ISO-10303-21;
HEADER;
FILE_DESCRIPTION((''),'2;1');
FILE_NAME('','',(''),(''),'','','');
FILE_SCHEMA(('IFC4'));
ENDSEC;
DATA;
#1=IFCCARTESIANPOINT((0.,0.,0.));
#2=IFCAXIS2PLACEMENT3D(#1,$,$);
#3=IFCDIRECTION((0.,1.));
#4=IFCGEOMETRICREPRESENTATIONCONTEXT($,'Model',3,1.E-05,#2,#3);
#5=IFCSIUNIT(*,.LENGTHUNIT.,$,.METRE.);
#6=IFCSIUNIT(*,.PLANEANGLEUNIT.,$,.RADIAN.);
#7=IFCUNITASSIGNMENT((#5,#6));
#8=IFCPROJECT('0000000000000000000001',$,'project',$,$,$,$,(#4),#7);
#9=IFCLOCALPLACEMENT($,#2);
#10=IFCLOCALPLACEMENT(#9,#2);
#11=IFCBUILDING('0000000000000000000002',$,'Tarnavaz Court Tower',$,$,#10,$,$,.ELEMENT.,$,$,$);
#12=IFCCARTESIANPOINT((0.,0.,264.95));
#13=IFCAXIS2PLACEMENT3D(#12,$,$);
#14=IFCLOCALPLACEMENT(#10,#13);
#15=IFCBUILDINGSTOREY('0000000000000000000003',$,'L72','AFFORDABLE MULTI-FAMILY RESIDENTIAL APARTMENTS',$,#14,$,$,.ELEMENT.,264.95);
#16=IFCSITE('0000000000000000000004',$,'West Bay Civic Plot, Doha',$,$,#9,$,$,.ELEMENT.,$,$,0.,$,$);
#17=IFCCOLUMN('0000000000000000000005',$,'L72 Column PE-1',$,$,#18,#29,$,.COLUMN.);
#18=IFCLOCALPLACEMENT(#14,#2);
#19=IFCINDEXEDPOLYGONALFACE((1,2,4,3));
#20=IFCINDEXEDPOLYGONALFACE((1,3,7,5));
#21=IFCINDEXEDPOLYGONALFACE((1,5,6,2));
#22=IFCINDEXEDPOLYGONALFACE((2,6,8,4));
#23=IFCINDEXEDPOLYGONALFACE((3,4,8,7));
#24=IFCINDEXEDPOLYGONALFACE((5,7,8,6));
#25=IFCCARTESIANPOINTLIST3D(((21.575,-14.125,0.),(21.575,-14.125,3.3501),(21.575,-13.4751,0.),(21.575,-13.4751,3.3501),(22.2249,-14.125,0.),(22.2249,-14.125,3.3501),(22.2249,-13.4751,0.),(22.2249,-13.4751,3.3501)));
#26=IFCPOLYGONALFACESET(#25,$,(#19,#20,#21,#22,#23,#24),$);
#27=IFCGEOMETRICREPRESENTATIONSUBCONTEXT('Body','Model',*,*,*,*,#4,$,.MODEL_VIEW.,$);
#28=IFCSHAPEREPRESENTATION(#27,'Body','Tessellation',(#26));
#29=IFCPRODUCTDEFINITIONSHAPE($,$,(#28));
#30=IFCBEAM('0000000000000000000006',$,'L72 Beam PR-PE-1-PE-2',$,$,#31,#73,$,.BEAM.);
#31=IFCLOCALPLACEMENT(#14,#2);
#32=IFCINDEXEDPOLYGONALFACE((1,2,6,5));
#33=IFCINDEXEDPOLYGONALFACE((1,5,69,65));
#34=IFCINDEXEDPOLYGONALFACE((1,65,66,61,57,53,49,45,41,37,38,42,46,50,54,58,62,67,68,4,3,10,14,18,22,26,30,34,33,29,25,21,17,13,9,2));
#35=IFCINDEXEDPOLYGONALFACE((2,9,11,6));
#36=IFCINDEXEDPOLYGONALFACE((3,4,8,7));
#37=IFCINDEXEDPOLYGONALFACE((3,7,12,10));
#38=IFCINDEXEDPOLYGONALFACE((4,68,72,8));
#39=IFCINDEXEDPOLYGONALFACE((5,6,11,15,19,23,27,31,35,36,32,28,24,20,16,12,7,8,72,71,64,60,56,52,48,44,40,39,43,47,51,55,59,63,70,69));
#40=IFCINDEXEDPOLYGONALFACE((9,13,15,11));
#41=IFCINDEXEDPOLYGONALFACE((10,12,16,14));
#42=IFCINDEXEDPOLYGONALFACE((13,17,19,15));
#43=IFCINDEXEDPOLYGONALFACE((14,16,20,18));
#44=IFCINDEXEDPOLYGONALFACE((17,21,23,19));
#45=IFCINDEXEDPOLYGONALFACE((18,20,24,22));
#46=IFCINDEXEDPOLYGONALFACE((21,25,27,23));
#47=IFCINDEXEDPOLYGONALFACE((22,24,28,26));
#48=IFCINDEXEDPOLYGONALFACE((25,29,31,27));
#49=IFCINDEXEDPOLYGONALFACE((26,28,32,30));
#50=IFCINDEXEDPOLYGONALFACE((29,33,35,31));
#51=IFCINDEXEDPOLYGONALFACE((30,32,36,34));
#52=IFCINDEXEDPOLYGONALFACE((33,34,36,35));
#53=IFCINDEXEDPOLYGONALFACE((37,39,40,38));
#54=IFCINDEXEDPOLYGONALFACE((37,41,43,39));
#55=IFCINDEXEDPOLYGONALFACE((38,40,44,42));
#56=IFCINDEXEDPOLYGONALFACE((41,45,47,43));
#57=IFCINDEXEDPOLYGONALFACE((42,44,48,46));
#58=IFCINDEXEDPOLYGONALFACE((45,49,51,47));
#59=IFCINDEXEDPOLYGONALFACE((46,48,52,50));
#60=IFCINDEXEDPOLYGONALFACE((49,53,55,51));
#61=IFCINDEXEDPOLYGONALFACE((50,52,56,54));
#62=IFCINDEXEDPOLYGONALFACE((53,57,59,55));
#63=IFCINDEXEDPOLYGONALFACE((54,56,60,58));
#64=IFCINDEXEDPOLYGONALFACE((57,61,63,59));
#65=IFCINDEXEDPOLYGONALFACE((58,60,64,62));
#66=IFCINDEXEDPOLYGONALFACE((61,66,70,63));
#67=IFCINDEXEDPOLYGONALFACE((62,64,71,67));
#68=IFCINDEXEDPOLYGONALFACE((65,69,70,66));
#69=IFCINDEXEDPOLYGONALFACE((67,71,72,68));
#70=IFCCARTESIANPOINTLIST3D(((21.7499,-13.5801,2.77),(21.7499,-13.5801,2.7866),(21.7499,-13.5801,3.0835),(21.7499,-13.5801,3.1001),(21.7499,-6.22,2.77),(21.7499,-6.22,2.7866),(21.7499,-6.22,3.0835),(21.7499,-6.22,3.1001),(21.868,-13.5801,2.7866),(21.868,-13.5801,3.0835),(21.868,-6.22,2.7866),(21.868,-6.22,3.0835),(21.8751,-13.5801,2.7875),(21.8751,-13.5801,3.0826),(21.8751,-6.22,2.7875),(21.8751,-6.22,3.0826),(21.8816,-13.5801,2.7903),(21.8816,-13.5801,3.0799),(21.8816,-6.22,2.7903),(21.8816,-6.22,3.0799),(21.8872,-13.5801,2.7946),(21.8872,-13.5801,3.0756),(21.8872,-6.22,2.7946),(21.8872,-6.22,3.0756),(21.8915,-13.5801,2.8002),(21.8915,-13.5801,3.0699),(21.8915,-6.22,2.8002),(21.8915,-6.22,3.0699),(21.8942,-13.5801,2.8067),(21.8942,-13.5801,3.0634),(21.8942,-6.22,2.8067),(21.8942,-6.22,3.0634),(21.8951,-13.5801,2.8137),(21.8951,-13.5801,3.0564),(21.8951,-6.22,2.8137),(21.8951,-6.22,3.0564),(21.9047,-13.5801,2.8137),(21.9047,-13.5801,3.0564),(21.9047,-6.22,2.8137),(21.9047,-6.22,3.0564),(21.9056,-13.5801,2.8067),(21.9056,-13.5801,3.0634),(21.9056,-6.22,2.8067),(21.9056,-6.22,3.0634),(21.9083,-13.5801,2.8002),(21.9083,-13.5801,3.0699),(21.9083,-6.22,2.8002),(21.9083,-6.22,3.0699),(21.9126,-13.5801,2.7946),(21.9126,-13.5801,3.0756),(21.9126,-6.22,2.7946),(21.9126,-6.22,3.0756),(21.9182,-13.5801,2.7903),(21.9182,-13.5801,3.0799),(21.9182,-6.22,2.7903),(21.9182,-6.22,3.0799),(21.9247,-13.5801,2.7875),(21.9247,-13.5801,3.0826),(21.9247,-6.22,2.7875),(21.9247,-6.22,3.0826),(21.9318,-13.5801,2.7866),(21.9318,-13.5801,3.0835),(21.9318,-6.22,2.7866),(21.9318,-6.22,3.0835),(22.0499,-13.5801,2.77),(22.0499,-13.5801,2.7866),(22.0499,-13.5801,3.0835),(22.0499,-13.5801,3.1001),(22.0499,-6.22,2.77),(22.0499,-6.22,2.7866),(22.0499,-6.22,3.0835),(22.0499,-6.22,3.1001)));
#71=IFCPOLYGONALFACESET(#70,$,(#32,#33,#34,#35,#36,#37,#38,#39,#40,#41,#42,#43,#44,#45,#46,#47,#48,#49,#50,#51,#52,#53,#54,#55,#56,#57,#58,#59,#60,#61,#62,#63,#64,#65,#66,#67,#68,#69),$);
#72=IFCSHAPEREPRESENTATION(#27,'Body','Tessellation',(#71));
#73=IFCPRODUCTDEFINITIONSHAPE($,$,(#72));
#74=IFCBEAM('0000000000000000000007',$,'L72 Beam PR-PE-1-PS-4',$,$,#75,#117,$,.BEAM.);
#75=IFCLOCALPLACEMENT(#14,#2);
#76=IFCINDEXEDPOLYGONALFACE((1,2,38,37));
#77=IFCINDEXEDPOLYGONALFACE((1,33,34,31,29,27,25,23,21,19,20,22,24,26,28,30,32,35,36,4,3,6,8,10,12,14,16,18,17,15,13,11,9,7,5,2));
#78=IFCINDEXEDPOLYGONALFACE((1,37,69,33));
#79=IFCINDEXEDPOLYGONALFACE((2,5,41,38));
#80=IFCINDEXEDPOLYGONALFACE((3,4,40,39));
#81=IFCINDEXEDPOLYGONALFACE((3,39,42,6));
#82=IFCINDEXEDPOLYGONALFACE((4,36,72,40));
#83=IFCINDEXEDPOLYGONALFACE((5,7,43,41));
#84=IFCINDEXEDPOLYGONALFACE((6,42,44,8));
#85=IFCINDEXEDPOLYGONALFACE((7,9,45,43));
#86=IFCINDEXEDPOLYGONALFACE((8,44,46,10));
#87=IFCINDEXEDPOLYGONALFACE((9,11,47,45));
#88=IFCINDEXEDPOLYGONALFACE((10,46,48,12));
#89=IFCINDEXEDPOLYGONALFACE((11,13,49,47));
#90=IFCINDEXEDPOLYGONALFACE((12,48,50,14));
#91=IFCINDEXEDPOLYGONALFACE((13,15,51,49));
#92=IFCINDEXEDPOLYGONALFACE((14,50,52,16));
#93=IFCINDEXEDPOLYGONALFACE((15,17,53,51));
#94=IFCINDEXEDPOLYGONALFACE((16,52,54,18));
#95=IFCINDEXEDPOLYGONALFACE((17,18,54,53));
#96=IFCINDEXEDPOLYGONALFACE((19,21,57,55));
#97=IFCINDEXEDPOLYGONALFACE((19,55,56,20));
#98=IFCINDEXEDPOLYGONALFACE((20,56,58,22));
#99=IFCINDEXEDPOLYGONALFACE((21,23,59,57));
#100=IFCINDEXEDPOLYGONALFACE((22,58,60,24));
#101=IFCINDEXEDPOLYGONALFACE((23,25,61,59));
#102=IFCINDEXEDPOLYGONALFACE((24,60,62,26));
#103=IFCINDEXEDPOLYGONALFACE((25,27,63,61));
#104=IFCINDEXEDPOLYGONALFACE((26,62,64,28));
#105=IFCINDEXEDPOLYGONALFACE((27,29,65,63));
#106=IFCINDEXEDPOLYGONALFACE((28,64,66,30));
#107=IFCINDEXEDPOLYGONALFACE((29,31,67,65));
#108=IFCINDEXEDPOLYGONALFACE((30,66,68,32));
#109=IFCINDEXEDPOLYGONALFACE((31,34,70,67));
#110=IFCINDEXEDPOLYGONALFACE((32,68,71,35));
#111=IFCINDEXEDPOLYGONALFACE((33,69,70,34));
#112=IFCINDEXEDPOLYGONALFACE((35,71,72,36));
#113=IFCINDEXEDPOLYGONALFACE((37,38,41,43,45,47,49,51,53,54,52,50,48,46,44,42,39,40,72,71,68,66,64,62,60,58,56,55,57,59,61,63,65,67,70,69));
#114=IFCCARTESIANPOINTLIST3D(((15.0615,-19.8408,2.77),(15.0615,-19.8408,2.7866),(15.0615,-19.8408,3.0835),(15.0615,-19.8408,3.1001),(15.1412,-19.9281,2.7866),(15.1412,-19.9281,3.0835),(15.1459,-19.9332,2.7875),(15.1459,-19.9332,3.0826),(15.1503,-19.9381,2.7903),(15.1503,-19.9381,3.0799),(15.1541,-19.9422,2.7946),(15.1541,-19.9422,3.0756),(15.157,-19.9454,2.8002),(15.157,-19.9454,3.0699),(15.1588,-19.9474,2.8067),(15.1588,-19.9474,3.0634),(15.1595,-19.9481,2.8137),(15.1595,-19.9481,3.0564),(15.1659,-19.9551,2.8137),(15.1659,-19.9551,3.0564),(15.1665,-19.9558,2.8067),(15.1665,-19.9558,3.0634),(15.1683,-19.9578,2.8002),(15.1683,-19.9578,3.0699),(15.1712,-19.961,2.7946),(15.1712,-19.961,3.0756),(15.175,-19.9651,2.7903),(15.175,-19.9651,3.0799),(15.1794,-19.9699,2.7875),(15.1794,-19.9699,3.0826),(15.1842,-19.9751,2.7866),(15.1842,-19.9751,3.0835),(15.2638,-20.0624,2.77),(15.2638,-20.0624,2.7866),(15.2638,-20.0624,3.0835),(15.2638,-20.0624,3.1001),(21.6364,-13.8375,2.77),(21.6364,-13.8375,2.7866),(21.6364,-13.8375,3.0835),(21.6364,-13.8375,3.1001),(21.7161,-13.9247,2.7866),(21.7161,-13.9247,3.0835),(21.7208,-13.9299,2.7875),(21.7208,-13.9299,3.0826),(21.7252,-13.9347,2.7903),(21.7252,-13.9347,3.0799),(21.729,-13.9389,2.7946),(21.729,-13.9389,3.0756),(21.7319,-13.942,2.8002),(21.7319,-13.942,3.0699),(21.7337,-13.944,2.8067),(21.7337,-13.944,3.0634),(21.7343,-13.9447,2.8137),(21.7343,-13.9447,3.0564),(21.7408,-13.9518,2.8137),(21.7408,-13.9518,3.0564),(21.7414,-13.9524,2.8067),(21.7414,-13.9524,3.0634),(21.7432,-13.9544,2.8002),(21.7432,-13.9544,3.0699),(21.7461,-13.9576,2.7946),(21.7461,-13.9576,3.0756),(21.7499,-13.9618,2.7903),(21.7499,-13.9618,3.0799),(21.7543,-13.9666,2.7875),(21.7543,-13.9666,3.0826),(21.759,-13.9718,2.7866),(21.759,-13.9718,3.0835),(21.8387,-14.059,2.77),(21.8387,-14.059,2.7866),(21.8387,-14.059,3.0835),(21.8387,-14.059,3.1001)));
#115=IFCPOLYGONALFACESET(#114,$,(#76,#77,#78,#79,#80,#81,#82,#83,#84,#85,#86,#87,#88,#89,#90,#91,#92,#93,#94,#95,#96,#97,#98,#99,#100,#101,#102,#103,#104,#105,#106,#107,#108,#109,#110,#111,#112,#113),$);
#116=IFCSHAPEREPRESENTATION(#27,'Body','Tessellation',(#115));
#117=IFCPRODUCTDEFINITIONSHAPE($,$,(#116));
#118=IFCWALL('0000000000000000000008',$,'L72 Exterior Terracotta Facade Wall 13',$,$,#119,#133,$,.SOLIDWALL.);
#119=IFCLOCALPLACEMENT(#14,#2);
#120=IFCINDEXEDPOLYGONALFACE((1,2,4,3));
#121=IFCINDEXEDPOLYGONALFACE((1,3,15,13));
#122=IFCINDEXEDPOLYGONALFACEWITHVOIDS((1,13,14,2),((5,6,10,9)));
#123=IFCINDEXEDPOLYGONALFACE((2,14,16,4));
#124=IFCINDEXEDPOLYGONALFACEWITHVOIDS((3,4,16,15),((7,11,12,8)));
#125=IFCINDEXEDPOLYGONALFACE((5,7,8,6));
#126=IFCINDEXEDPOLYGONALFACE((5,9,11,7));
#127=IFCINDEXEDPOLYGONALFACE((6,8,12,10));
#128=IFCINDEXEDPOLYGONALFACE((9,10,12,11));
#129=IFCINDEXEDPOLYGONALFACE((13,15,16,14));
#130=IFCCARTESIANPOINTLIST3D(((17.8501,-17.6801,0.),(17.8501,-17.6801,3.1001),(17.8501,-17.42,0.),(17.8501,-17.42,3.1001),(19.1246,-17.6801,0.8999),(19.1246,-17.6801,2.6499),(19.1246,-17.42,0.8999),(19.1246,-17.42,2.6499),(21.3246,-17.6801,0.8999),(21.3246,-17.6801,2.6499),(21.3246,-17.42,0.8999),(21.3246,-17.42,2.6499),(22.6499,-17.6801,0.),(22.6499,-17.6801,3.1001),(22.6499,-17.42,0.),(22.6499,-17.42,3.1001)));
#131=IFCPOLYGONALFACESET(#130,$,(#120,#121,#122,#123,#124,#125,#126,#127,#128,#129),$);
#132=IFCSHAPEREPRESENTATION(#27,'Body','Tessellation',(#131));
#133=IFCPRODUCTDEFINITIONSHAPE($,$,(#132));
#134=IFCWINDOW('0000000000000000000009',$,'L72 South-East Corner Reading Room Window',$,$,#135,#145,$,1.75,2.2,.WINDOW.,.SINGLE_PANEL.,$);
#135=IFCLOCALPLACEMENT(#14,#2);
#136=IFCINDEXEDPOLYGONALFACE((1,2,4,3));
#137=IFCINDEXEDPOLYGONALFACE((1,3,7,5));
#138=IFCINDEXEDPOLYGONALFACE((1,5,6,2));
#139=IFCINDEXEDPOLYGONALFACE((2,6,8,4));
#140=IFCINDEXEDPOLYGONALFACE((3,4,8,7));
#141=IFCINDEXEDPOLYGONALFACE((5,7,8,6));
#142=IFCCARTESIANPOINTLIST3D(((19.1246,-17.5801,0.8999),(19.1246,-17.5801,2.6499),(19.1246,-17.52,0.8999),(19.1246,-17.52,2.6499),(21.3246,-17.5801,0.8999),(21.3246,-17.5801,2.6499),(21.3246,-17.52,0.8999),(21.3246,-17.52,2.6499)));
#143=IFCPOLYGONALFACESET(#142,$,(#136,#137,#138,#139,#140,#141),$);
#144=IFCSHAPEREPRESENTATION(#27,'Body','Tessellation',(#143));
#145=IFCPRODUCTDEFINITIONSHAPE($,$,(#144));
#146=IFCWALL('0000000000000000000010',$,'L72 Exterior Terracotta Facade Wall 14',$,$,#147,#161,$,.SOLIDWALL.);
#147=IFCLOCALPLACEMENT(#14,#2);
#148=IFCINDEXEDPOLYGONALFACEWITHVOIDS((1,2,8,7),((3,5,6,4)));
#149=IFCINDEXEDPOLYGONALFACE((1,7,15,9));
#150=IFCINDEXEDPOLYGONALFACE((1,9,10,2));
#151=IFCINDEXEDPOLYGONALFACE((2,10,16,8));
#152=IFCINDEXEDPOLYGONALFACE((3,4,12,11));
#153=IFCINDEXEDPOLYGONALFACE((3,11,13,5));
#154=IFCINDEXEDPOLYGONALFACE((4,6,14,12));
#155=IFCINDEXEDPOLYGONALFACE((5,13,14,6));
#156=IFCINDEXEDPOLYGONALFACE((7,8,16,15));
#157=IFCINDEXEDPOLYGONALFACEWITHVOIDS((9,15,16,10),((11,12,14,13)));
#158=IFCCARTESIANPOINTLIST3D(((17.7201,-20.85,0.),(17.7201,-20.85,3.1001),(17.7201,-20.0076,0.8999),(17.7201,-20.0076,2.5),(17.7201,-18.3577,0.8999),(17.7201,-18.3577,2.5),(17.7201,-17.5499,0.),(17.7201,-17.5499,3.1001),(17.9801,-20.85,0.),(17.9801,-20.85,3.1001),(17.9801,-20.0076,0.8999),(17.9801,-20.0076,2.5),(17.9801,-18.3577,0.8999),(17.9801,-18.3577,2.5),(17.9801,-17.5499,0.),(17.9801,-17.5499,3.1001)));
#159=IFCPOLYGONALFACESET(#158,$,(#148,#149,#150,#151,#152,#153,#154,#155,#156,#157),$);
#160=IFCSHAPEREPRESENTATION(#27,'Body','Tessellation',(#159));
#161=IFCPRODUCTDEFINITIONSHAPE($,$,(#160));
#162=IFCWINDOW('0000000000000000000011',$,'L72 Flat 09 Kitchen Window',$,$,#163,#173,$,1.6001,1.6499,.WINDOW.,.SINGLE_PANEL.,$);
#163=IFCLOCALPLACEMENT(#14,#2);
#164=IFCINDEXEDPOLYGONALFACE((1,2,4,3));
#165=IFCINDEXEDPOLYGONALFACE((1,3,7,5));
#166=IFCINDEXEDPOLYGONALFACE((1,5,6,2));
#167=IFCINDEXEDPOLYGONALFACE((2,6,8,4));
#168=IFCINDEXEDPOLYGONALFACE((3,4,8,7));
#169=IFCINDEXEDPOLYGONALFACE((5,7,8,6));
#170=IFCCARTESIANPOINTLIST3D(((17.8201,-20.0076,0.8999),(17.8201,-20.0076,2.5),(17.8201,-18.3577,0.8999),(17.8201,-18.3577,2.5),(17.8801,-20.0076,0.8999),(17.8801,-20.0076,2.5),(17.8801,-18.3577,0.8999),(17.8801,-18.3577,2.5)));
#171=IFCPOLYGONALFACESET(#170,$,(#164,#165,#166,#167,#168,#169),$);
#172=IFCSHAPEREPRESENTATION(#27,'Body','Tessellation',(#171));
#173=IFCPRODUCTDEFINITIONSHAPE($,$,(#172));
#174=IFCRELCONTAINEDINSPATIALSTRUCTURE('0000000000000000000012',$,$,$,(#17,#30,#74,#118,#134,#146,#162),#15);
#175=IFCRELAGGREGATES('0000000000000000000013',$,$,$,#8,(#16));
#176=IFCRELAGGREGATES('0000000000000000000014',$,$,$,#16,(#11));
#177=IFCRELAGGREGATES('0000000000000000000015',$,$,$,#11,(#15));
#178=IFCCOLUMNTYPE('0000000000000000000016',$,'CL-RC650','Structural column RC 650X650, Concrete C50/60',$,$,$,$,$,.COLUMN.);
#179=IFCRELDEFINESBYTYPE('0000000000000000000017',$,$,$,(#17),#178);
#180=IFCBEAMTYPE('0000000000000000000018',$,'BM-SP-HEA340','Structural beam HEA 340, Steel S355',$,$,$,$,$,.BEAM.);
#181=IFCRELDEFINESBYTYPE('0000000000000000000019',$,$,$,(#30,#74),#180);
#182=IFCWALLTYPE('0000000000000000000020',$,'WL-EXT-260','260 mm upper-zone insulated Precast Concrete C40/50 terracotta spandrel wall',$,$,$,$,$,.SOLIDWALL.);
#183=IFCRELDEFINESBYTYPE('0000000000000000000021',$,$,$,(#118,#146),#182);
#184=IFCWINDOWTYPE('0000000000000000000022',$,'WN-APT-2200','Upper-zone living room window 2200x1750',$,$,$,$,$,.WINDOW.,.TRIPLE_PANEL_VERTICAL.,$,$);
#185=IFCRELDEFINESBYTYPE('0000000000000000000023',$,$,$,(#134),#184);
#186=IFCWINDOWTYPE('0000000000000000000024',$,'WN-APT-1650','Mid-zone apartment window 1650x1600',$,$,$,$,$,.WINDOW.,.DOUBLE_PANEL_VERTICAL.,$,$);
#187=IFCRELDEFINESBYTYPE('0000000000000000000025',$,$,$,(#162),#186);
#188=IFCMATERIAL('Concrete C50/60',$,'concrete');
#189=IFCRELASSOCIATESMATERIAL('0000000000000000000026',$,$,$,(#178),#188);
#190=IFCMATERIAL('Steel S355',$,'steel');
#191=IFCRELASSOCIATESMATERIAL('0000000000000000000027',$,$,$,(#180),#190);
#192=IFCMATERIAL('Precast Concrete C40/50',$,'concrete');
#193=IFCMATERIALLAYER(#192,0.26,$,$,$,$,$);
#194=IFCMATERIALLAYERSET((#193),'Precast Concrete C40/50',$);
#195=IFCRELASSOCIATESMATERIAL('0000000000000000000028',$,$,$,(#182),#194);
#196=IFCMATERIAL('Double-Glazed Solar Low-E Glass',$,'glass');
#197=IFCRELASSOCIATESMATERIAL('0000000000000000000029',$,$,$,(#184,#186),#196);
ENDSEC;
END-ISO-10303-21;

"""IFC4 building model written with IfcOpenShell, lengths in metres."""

from ifc_helpers import new_model, si_unit, direction, frame, frame_2d, origin, origin_2d, place, context, subcontext, project, spatial, rectangle, i_section, extrude, material, layer, layer_set, material_profile, profile_set, type_object, element, fill, save


model = new_model("IFC4")

# Units and contexts
model_context = context("Model", 3, precision=1e-05, world=origin(), true_north=direction((0.0, 1.0)))
body_context = subcontext(model_context, "Body", "Model", "MODEL_VIEW")
ifc_project = project(units=[si_unit("LENGTHUNIT", "METRE"), si_unit("PLANEANGLEUNIT", "RADIAN")], contexts=[model_context])

# Site, building, storey
site_placement = place(None, origin())
site = spatial("IfcSite", under=ifc_project, at=site_placement, Name="West Bay Civic Plot, Doha", CompositionType="ELEMENT", RefElevation=0.0)
building_placement = place(site_placement, origin())
building = spatial("IfcBuilding", under=site, at=building_placement, Name="Tarnavaz Court Tower", CompositionType="ELEMENT")
storey_placement = place(building_placement, frame((0.0, 0.0, 264.95)))
storey = spatial("IfcBuildingStorey", under=building, at=storey_placement, Name="L72", Description="AFFORDABLE MULTI-FAMILY RESIDENTIAL APARTMENTS", CompositionType="ELEMENT", Elevation=264.95)

# Column
ifc_material_1 = material(Name="Concrete C50/60", Category="concrete")
ifc_material_profile_1 = material_profile(ifc_material_1, rectangle(XDim=0.6499, YDim=0.6499, at=origin_2d()), Name="RC 650X650")
ifc_profile_set_1 = profile_set([ifc_material_profile_1], Name="Concrete C50/60")
column_type = type_object("IfcColumnType", Name="CL-RC650", Description="Structural column RC 650X650, Concrete C50/60", PredefinedType="COLUMN", material=ifc_profile_set_1)
column_placement = place(storey_placement, frame((21.8999, -13.8, 0.0), z_axis=(0.0, 0.0, 1.0), x_axis=(1.0, 0.0, 0.0)))
element("IfcColumn", 1, at=column_placement, inside=storey, type_object=column_type, Name="L72 Column PE-1", PredefinedType="COLUMN", context=body_context, shape_type="SweptSolid", body=[
    extrude(rectangle(XDim=0.6499, YDim=0.6499, at=origin_2d()), origin(), (0.0, 0.0, 1.0), 3.3501),
])

# Beams
ifc_material_2 = material(Name="Steel S355", Category="steel")
ifc_material_profile_2 = material_profile(ifc_material_2, i_section(OverallWidth=0.3, OverallDepth=0.3301, WebThickness=0.0095, FlangeThickness=0.0166, FilletRadius=0.0271, at=origin_2d()), Name="HEA 340")
ifc_profile_set_2 = profile_set([ifc_material_profile_2], Name="Steel S355")
beam_type = type_object("IfcBeamType", Name="BM-SP-HEA340", Description="Structural beam HEA 340, Steel S355", PredefinedType="BEAM", material=ifc_profile_set_2)
beam_1_placement = place(storey_placement, frame((21.8999, -13.5801, 2.9351), z_axis=(0.0, 1.0, 0.0), x_axis=(-1.0, 0.0, 0.0)))
element("IfcBeam", 2, at=beam_1_placement, inside=storey, type_object=beam_type, Name="L72 Beam PR-PE-1-PE-2", PredefinedType="BEAM", context=body_context, shape_type="SweptSolid", body=[
    extrude(i_section(OverallWidth=0.3, OverallDepth=0.3301, WebThickness=0.0095, FlangeThickness=0.0166, FilletRadius=0.0271, at=origin_2d()), origin(), (0.0, 0.0, 1.0), 7.3601),
])
beam_2_placement = place(storey_placement, frame((21.7375, -13.9482, 2.9351), z_axis=(-0.738474, -0.674282, 0.0), x_axis=(0.674282, -0.738474, 0.0)))
element("IfcBeam", 3, at=beam_2_placement, inside=storey, type_object=beam_type, Name="L72 Beam PR-PE-1-PS-4", PredefinedType="BEAM", context=body_context, shape_type="SweptSolid", body=[
    extrude(i_section(OverallWidth=0.3, OverallDepth=0.3301, WebThickness=0.0095, FlangeThickness=0.0166, FilletRadius=0.0271, at=origin_2d()), origin(), (0.0, 0.0, 1.0), 8.9033),
])

# Walls, openings, windows
ifc_material_3 = material(Name="Precast Concrete C40/50", Category="concrete")
ifc_layer_1 = layer(ifc_material_3, 0.26)
ifc_layer_set_1 = layer_set([ifc_layer_1], Name="Precast Concrete C40/50")
wall_type_1 = type_object("IfcWallType", Name="WL-EXT-260", Description="260 mm upper-zone insulated Precast Concrete C40/50 terracotta spandrel wall", PredefinedType="SOLIDWALL", material=ifc_layer_set_1)
wall_1_placement = place(storey_placement, frame((22.6499, -17.55, 0.0), z_axis=(0.0, 0.0, 1.0), x_axis=(-1.0, 0.0, 0.0)))
wall_1 = element("IfcWall", 4, at=wall_1_placement, inside=storey, type_object=wall_type_1, Name="L72 Exterior Terracotta Facade Wall 13", PredefinedType="SOLIDWALL", context=body_context, shape_type="SweptSolid", body=[
    extrude(rectangle(XDim=4.7998, YDim=0.26, at=frame_2d((2.3999, 0.0))), origin(), (0.0, 0.0, 1.0), 3.1001),
])
opening_1_placement = place(wall_1_placement, frame((1.3252, 0.0, 0.8999)))
opening_1 = element("IfcOpeningElement", 5, at=opening_1_placement, cuts=wall_1, PredefinedType="OPENING", context=body_context, shape_type="SweptSolid", body=[
    extrude(rectangle(XDim=2.2, YDim=1.75, at=frame_2d((1.1001, 0.875))), frame((0.0, 0.1399, 0.0), z_axis=(0.0, -1.0, 0.0), x_axis=(1.0, 0.0, 0.0)), (0.0, 0.0, 1.0), 0.28),
])
ifc_material_4 = material(Name="Double-Glazed Solar Low-E Glass", Category="glass")
window_type_1 = type_object("IfcWindowType", Name="WN-APT-2200", Description="Upper-zone living room window 2200x1750", PartitioningType="TRIPLE_PANEL_VERTICAL", PredefinedType="WINDOW", material=ifc_material_4)
window_1_placement = place(opening_1_placement, origin())
window_1 = element("IfcWindow", 6, at=window_1_placement, inside=storey, type_object=window_type_1, Name="L72 South-East Corner Reading Room Window", OverallHeight=1.75, OverallWidth=2.2, PartitioningType="SINGLE_PANEL", PredefinedType="WINDOW", context=body_context, shape_type="SweptSolid", body=[
    extrude(rectangle(XDim=2.2, YDim=1.75, at=frame_2d((1.1001, 0.875))), frame((0.0, 0.03, 0.0), z_axis=(0.0, -1.0, 0.0), x_axis=(1.0, 0.0, 0.0)), (0.0, 0.0, 1.0), 0.0601),
])
fill(opening_1, window_1)
wall_2_placement = place(storey_placement, frame((17.8501, -17.55, 0.0), z_axis=(0.0, 0.0, 1.0), x_axis=(0.0, -1.0, 0.0)))
wall_2 = element("IfcWall", 7, at=wall_2_placement, inside=storey, type_object=wall_type_1, Name="L72 Exterior Terracotta Facade Wall 14", PredefinedType="SOLIDWALL", context=body_context, shape_type="SweptSolid", body=[
    extrude(rectangle(XDim=3.3, YDim=0.26, at=frame_2d((1.6499, 0.0))), origin(), (0.0, 0.0, 1.0), 3.1001),
])
opening_2_placement = place(wall_2_placement, frame((0.8076, 0.0, 0.8999)))
opening_2 = element("IfcOpeningElement", 8, at=opening_2_placement, cuts=wall_2, PredefinedType="OPENING", context=body_context, shape_type="SweptSolid", body=[
    extrude(rectangle(XDim=1.6499, YDim=1.6001, at=frame_2d((0.825, 0.8))), frame((0.0, 0.1399, 0.0), z_axis=(0.0, -1.0, 0.0), x_axis=(1.0, 0.0, 0.0)), (0.0, 0.0, 1.0), 0.28),
])
window_type_2 = type_object("IfcWindowType", Name="WN-APT-1650", Description="Mid-zone apartment window 1650x1600", PartitioningType="DOUBLE_PANEL_VERTICAL", PredefinedType="WINDOW", material=ifc_material_4)
window_2_placement = place(opening_2_placement, origin())
window_2 = element("IfcWindow", 9, at=window_2_placement, inside=storey, type_object=window_type_2, Name="L72 Flat 09 Kitchen Window", OverallHeight=1.6001, OverallWidth=1.6499, PartitioningType="SINGLE_PANEL", PredefinedType="WINDOW", context=body_context, shape_type="SweptSolid", body=[
    extrude(rectangle(XDim=1.6499, YDim=1.6001, at=frame_2d((0.825, 0.8))), frame((0.0, 0.03, 0.0), z_axis=(0.0, -1.0, 0.0), x_axis=(1.0, 0.0, 0.0)), (0.0, 0.0, 1.0), 0.0601),
])
fill(opening_2, window_2)

save(model, "model.ifc")
